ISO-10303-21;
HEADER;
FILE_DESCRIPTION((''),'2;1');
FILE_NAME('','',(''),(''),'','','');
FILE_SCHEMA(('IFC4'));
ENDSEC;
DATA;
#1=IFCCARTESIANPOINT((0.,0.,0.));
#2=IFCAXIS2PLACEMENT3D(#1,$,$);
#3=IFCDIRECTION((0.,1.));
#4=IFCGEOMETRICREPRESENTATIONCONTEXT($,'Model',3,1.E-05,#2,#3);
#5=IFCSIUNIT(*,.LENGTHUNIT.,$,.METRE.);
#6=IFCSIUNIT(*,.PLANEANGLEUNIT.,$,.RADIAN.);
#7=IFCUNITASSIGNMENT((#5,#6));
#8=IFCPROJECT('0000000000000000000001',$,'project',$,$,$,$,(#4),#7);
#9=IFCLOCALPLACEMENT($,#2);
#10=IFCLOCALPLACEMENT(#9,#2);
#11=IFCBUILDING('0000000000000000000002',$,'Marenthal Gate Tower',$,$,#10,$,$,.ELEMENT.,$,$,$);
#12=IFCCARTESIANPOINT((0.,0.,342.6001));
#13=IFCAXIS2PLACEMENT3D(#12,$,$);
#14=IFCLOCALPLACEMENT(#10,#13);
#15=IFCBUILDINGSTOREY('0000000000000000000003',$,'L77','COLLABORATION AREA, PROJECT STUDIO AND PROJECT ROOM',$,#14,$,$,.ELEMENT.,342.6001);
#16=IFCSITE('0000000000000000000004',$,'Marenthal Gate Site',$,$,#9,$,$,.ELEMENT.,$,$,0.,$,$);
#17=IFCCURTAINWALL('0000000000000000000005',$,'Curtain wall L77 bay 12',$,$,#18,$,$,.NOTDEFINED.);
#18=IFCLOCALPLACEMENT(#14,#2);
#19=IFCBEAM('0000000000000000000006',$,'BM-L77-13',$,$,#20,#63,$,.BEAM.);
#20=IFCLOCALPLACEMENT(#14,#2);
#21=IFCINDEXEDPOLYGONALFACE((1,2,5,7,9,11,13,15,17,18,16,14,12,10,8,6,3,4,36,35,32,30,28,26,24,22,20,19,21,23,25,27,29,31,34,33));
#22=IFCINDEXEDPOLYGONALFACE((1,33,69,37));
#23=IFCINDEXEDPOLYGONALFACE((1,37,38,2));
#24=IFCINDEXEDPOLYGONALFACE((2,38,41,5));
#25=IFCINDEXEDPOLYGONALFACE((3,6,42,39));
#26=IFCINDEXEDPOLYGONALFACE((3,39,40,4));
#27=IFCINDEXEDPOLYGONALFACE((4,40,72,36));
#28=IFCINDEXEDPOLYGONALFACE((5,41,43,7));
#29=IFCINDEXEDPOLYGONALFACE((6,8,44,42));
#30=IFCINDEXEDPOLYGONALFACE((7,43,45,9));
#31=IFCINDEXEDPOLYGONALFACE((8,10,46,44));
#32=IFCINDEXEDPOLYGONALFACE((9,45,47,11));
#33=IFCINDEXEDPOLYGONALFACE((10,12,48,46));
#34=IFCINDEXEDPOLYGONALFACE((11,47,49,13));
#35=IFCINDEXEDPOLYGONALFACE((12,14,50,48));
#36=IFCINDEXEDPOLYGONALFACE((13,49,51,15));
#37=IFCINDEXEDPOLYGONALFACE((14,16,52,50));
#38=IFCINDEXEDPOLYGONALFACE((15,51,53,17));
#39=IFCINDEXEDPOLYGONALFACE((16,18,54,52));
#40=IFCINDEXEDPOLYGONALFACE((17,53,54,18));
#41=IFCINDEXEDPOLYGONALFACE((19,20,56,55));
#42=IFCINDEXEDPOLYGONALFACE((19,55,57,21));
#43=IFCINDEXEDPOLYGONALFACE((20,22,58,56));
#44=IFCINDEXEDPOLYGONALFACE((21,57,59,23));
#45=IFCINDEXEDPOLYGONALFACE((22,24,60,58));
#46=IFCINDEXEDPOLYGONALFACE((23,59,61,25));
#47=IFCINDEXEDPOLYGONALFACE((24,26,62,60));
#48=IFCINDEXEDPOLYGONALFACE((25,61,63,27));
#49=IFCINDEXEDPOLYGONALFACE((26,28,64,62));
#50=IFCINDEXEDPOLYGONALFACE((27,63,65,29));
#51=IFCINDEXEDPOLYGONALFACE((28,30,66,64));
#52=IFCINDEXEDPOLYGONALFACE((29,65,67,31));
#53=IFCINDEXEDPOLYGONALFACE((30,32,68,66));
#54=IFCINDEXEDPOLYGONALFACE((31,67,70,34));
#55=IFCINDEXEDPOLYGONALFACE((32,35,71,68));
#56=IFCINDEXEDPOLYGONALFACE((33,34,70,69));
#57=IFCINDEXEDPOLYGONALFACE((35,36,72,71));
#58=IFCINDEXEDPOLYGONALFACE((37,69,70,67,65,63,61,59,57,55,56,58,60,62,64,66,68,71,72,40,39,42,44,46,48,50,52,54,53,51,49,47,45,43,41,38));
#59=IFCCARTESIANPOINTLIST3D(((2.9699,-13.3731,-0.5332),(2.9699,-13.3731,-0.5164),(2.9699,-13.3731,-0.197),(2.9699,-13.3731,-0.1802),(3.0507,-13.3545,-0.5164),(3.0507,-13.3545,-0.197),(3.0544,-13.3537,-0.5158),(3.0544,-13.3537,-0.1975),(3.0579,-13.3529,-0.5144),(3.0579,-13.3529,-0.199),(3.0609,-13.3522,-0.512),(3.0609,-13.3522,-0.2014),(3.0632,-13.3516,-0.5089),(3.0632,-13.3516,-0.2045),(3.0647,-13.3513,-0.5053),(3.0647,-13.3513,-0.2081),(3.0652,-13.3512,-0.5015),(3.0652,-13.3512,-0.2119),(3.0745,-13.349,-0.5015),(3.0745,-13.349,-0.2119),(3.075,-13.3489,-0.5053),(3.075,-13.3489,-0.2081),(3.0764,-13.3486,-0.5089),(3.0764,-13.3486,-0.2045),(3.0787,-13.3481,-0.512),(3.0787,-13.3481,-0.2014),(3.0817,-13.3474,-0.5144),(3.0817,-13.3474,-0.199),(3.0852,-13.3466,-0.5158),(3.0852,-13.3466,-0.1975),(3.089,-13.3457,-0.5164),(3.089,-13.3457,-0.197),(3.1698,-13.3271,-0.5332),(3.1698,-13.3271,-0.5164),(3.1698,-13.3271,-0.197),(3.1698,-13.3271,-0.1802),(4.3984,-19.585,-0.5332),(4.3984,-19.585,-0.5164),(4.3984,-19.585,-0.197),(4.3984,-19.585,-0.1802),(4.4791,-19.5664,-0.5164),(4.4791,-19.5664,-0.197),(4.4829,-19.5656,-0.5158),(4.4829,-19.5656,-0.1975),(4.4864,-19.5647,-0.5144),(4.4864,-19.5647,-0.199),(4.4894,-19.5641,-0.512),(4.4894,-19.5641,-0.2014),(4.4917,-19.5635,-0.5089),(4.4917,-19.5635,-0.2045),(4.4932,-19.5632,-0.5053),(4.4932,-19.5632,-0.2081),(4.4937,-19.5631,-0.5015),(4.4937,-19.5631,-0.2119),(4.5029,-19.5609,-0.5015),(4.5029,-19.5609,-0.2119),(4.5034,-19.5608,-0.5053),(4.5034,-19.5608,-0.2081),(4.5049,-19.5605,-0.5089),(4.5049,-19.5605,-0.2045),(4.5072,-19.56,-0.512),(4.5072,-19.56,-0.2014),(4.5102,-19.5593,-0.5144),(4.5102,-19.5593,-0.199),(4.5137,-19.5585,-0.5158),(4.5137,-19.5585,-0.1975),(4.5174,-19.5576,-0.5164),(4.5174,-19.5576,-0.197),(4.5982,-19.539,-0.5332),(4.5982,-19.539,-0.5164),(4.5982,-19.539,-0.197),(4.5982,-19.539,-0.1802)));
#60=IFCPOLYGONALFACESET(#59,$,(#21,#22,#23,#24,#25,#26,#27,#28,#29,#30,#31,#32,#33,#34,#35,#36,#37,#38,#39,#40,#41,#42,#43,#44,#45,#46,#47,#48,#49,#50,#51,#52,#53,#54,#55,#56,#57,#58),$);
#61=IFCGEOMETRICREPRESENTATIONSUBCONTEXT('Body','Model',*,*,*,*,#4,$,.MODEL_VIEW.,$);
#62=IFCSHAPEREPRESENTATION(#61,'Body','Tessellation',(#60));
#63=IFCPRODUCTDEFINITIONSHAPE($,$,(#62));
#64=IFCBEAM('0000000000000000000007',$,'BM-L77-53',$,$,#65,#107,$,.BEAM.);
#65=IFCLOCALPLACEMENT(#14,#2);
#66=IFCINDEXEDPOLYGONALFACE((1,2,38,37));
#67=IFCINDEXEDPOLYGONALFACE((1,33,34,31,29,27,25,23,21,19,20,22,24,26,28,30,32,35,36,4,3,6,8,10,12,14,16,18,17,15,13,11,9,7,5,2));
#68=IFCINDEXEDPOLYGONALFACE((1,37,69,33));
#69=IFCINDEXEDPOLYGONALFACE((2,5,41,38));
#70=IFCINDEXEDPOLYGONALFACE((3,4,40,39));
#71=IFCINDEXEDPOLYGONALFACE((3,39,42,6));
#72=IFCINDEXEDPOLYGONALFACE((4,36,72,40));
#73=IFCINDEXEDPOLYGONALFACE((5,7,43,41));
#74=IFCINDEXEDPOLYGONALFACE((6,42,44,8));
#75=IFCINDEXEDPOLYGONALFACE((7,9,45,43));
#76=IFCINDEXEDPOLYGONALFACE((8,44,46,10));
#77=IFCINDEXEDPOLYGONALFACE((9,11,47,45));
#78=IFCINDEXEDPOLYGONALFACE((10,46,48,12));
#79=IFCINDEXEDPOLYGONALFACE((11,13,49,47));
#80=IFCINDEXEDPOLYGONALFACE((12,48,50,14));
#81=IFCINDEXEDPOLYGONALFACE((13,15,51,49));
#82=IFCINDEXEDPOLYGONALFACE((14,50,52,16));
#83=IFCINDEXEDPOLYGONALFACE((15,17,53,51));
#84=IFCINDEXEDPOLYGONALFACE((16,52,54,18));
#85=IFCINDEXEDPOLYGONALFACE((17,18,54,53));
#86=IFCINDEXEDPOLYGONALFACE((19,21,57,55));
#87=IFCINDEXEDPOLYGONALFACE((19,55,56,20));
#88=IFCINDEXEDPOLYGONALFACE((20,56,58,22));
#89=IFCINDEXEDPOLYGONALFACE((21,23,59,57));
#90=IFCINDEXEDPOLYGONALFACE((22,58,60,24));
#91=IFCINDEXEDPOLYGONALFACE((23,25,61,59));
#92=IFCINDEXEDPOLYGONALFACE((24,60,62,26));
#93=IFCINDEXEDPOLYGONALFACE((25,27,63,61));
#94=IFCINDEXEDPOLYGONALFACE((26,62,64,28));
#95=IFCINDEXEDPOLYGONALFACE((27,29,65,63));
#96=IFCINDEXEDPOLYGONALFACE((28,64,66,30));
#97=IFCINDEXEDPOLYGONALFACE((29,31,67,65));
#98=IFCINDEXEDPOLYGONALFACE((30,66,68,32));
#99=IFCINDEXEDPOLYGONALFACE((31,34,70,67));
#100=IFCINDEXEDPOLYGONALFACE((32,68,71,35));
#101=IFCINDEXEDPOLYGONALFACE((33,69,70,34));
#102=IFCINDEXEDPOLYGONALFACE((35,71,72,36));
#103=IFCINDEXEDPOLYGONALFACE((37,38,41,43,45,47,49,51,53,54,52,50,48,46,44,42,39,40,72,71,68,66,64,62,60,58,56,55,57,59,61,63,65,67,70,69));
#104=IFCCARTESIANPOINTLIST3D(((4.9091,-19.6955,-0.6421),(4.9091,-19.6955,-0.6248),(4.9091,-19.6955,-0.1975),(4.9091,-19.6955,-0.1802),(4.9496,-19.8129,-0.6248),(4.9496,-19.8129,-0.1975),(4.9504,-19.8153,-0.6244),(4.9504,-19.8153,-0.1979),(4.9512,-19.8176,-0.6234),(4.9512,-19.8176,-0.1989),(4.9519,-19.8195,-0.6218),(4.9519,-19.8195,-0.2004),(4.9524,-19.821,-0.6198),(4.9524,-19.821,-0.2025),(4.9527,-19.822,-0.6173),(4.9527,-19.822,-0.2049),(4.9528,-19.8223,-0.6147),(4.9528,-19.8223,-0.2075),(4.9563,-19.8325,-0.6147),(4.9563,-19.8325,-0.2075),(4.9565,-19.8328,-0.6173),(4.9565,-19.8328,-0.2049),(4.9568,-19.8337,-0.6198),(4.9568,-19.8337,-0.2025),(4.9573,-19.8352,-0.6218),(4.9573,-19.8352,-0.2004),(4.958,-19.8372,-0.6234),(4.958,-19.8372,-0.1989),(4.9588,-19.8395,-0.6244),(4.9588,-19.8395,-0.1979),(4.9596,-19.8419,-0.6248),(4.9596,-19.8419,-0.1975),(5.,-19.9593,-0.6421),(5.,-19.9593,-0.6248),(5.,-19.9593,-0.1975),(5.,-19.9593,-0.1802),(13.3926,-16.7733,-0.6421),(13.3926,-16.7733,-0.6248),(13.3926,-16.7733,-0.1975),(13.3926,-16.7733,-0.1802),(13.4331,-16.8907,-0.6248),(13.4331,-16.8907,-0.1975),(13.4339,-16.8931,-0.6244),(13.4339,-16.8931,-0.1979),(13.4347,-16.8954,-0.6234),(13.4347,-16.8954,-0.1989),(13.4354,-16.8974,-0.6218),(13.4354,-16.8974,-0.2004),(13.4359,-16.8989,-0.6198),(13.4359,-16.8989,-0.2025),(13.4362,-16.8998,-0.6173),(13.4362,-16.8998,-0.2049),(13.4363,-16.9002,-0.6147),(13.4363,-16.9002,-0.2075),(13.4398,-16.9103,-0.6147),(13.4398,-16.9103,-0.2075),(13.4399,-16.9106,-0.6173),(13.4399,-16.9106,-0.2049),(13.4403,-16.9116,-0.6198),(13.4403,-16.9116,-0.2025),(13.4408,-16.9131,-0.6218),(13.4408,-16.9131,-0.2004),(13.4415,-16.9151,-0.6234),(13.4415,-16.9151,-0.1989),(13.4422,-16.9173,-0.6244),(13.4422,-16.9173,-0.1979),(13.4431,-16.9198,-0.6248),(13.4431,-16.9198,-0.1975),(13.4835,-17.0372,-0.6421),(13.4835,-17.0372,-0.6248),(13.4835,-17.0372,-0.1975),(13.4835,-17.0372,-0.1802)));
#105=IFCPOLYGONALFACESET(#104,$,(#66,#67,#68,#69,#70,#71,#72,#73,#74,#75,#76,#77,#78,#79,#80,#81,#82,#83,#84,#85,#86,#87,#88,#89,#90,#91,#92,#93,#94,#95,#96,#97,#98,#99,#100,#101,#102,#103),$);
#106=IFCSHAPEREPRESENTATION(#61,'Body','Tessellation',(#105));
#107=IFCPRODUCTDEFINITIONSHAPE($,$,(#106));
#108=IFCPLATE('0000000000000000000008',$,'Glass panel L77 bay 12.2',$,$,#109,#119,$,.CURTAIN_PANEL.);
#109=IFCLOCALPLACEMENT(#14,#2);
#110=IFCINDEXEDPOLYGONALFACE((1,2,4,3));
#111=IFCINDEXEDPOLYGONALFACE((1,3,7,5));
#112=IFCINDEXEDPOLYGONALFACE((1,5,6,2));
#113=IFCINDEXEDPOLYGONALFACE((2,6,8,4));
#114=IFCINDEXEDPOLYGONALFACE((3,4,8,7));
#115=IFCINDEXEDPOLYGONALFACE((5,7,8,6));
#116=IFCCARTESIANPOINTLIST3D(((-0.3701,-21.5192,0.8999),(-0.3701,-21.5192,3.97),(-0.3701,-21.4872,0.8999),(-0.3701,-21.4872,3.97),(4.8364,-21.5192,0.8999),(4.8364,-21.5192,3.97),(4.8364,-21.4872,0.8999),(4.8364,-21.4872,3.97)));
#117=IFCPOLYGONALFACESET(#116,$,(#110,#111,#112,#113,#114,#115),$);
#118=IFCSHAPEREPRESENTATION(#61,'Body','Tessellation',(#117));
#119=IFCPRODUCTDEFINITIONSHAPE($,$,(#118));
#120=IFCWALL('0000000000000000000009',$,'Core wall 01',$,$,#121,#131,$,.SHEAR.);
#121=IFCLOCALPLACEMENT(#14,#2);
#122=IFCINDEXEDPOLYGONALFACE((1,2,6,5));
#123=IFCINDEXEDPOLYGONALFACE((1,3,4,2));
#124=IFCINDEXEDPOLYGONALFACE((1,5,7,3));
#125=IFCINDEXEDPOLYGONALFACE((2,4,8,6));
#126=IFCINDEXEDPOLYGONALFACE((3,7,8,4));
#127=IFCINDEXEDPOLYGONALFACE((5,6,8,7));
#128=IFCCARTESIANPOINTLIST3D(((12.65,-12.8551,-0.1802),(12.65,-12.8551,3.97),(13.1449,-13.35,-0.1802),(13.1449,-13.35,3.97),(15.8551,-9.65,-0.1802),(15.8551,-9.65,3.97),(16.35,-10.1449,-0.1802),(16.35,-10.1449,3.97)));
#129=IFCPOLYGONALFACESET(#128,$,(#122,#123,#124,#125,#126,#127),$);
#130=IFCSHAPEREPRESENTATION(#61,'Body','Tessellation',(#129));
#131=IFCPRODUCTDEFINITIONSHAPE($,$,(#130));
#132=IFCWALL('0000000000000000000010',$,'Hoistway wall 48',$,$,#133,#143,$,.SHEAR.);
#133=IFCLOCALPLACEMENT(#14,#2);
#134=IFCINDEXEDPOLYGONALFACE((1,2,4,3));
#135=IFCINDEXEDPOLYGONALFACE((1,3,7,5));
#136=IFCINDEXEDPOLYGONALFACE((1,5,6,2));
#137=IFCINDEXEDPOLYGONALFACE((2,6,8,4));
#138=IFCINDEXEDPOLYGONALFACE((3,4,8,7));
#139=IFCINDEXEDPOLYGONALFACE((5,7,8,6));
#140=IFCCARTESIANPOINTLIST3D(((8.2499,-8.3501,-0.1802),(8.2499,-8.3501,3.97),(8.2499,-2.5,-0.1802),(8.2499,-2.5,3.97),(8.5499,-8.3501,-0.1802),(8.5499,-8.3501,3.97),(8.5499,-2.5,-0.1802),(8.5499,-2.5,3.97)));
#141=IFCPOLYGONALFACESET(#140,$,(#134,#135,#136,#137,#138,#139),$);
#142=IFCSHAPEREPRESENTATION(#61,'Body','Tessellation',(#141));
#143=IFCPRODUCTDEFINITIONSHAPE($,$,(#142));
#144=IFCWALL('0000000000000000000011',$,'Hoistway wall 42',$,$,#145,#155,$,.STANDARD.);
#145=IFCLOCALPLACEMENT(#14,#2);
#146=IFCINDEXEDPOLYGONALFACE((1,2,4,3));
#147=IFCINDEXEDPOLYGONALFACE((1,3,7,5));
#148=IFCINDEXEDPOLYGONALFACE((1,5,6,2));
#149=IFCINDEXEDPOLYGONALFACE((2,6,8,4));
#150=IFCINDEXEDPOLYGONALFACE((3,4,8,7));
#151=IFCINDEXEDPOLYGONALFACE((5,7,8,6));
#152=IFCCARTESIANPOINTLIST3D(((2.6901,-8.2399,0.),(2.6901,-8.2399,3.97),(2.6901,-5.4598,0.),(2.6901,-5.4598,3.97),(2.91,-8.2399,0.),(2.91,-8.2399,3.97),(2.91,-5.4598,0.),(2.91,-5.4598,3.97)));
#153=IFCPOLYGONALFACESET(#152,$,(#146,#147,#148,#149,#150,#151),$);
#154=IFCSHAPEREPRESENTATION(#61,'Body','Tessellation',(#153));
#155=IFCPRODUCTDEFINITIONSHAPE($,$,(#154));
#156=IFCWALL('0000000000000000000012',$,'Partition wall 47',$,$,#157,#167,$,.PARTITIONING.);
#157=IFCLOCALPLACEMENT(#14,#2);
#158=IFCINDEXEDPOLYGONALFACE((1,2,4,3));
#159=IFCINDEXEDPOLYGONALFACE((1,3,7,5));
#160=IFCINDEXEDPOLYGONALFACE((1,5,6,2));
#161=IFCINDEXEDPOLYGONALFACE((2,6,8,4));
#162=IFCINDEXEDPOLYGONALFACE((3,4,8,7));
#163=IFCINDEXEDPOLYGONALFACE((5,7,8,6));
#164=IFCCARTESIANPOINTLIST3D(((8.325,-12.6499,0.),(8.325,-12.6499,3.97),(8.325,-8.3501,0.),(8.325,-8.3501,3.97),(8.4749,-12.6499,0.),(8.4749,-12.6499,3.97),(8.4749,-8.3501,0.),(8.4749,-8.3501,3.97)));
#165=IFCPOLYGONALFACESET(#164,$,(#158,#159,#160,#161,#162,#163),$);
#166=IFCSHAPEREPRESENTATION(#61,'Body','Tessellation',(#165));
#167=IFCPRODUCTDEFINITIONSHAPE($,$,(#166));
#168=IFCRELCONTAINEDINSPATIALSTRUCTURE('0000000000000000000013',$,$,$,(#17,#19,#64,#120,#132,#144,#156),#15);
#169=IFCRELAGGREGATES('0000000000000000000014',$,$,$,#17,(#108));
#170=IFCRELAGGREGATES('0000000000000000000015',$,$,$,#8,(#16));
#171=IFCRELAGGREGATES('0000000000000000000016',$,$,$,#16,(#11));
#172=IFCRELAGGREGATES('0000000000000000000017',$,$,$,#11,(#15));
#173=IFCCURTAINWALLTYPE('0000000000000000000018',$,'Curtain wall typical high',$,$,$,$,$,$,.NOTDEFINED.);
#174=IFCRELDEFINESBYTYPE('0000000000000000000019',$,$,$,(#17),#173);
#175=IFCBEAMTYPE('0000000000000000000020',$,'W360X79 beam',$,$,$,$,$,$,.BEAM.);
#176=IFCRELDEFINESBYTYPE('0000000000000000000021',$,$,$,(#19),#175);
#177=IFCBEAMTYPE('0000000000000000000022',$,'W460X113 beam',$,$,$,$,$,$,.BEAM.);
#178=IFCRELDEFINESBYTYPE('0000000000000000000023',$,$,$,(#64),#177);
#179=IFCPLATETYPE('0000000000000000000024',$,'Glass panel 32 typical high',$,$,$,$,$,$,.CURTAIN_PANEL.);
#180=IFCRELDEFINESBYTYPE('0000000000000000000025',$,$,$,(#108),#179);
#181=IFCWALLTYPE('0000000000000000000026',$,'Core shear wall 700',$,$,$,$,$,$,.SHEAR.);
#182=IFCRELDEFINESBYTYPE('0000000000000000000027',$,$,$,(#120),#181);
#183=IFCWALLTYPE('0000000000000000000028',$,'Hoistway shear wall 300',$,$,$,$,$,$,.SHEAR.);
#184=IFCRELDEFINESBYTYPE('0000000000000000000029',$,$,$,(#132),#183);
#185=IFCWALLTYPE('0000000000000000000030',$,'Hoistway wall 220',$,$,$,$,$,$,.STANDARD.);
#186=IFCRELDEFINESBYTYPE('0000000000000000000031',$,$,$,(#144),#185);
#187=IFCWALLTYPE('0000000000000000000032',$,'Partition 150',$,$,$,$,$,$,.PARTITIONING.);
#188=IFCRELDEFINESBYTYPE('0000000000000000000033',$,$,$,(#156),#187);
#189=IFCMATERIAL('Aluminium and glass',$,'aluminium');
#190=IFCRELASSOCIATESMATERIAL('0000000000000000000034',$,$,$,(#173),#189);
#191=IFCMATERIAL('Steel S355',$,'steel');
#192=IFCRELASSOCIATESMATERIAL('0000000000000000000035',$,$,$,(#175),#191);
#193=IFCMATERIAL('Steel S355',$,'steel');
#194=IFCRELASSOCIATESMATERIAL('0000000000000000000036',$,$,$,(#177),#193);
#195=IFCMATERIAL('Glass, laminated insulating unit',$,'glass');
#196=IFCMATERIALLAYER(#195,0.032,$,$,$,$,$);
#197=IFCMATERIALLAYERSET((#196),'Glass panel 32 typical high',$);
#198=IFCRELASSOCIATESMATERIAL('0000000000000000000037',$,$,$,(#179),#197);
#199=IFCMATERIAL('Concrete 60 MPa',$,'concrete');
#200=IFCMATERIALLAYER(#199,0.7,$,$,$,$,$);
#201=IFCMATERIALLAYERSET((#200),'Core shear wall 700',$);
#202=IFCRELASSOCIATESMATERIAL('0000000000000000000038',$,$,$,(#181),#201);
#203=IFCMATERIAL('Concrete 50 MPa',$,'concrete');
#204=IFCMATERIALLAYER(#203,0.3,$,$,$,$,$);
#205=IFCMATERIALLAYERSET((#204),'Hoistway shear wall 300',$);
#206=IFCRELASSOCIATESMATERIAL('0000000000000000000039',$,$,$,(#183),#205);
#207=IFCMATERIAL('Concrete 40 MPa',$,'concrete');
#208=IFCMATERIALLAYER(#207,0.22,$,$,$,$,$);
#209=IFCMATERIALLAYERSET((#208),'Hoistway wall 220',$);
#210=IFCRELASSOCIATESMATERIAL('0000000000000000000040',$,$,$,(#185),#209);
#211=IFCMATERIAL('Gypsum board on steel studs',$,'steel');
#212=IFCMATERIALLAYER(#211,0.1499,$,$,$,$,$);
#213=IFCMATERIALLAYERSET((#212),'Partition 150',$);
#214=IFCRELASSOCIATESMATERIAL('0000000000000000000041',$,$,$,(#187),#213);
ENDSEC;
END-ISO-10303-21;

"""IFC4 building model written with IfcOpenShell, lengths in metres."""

from ifc_helpers import new_model, si_unit, direction, frame, frame_2d, origin, origin_2d, place, context, subcontext, project, spatial, rectangle, i_section, extrude, material, layer, layer_set, material_profile, profile_set, type_object, element, aggregate, save


model = new_model("IFC4")

# Units and contexts
model_context = context("Model", 3, precision=1e-05, world=origin(), true_north=direction((0.0, 1.0)))
body_context = subcontext(model_context, "Body", "Model", "MODEL_VIEW")
ifc_project = project(units=[si_unit("LENGTHUNIT", "METRE"), si_unit("PLANEANGLEUNIT", "RADIAN")], contexts=[model_context])

# Site, building, storey
site_placement = place(None, origin())
site = spatial("IfcSite", under=ifc_project, at=site_placement, Name="Marenthal Gate Site", CompositionType="ELEMENT", RefElevation=0.0)
building_placement = place(site_placement, origin())
building = spatial("IfcBuilding", under=site, at=building_placement, Name="Marenthal Gate Tower", CompositionType="ELEMENT")
storey_placement = place(building_placement, frame((0.0, 0.0, 342.6001)))
storey = spatial("IfcBuildingStorey", under=building, at=storey_placement, Name="L77", Description="COLLABORATION AREA, PROJECT STUDIO AND PROJECT ROOM", CompositionType="ELEMENT", Elevation=342.6001)

# Curtain wall
ifc_material_1 = material(Name="Aluminium and glass", Category="aluminium")
curtain_wall_type = type_object("IfcCurtainWallType", Name="Curtain wall typical high", PredefinedType="NOTDEFINED", material=ifc_material_1)
curtain_wall_placement = place(storey_placement, origin())
curtain_wall = element("IfcCurtainWall", 1, at=curtain_wall_placement, inside=storey, type_object=curtain_wall_type, Name="Curtain wall L77 bay 12", PredefinedType="NOTDEFINED")

# Beams
ifc_material_2 = material(Name="Steel S355", Category="steel")
ifc_material_profile_1 = material_profile(ifc_material_2, i_section(OverallWidth=0.2051, OverallDepth=0.353, WebThickness=0.0095, FlangeThickness=0.0168, FilletRadius=0.0149, at=origin_2d()), Name="W360X79")
ifc_profile_set_1 = profile_set([ifc_material_profile_1], Name="Steel S355")
beam_type_1 = type_object("IfcBeamType", Name="W360X79 beam", PredefinedType="BEAM", material=ifc_profile_set_1)
beam_1_placement = place(storey_placement, frame((4.4983, -19.562, -0.3567), z_axis=(-0.224107, 0.974565, 0.0), x_axis=(-0.974565, -0.224107, 0.0)))
element("IfcBeam", 2, at=beam_1_placement, inside=storey, type_object=beam_type_1, Name="BM-L77-13", PredefinedType="BEAM", context=body_context, shape_type="SweptSolid", body=[
    extrude(i_section(OverallWidth=0.2051, OverallDepth=0.353, WebThickness=0.0095, FlangeThickness=0.0168, FilletRadius=0.0149, at=origin_2d()), origin(), (0.0, 0.0, 1.0), 6.374),
])
ifc_material_3 = material(Name="Steel S355", Category="steel")
ifc_material_profile_2 = material_profile(ifc_material_3, i_section(OverallWidth=0.2791, OverallDepth=0.4619, WebThickness=0.0107, FlangeThickness=0.0173, FilletRadius=0.01, at=origin_2d()), Name="W460X113")
ifc_profile_set_2 = profile_set([ifc_material_profile_2], Name="Steel S355")
beam_type_2 = type_object("IfcBeamType", Name="W460X113 beam", PredefinedType="BEAM", material=ifc_profile_set_2)
beam_2_placement = place(storey_placement, frame((4.9546, -19.8274, -0.4111), z_axis=(0.945483, 0.325673, 0.0), x_axis=(-0.325673, 0.945483, 0.0)))
element("IfcBeam", 3, at=beam_2_placement, inside=storey, type_object=beam_type_2, Name="BM-L77-53", PredefinedType="BEAM", context=body_context, shape_type="SweptSolid", body=[
    extrude(i_section(OverallWidth=0.2791, OverallDepth=0.4619, WebThickness=0.0107, FlangeThickness=0.0173, FilletRadius=0.01, at=origin_2d()), origin(), (0.0, 0.0, 1.0), 8.9727),
])

# Plate
ifc_material_4 = material(Name="Glass, laminated insulating unit", Category="glass")
ifc_layer_1 = layer(ifc_material_4, 0.032)
ifc_layer_set_1 = layer_set([ifc_layer_1], Name="Glass panel 32 typical high")
plate_type = type_object("IfcPlateType", Name="Glass panel 32 typical high", PredefinedType="CURTAIN_PANEL", material=ifc_layer_set_1)
plate_placement = place(storey_placement, frame((2.2332, -21.5032, 0.8999), z_axis=(0.0, 0.0, 1.0), x_axis=(1.0, 0.0, 0.0)))
plate = element("IfcPlate", 4, at=plate_placement, type_object=plate_type, Name="Glass panel L77 bay 12.2", PredefinedType="CURTAIN_PANEL", context=body_context, shape_type="SweptSolid", body=[
    extrude(rectangle(XDim=5.2065, YDim=0.032, at=origin_2d()), origin(), (0.0, 0.0, 1.0), 3.0701),
])
aggregate(curtain_wall, [plate])

# Walls
ifc_material_5 = material(Name="Concrete 60 MPa", Category="concrete")
ifc_layer_2 = layer(ifc_material_5, 0.7)
ifc_layer_set_2 = layer_set([ifc_layer_2], Name="Core shear wall 700")
wall_type_1 = type_object("IfcWallType", Name="Core shear wall 700", PredefinedType="SHEAR", material=ifc_layer_set_2)
wall_1_placement = place(storey_placement, frame((12.8975, -13.1025, -0.1802), z_axis=(0.0, 0.0, 1.0), x_axis=(0.707107, 0.707107, 0.0)))
element("IfcWall", 5, at=wall_1_placement, inside=storey, type_object=wall_type_1, Name="Core wall 01", PredefinedType="SHEAR", context=body_context, shape_type="SweptSolid", body=[
    extrude(rectangle(XDim=4.5327, YDim=0.7, at=frame_2d((2.2664, 0.0))), origin(), (0.0, 0.0, 1.0), 4.1501),
])
ifc_material_6 = material(Name="Concrete 50 MPa", Category="concrete")
ifc_layer_3 = layer(ifc_material_6, 0.3)
ifc_layer_set_3 = layer_set([ifc_layer_3], Name="Hoistway shear wall 300")
wall_type_2 = type_object("IfcWallType", Name="Hoistway shear wall 300", PredefinedType="SHEAR", material=ifc_layer_set_3)
wall_2_placement = place(storey_placement, frame((8.3999, -8.3501, -0.1802), z_axis=(0.0, 0.0, 1.0), x_axis=(0.0, 1.0, 0.0)))
element("IfcWall", 6, at=wall_2_placement, inside=storey, type_object=wall_type_2, Name="Hoistway wall 48", PredefinedType="SHEAR", context=body_context, shape_type="SweptSolid", body=[
    extrude(rectangle(XDim=5.8501, YDim=0.3, at=frame_2d((2.925, 0.0))), origin(), (0.0, 0.0, 1.0), 4.1501),
])
ifc_material_7 = material(Name="Concrete 40 MPa", Category="concrete")
ifc_layer_4 = layer(ifc_material_7, 0.22)
ifc_layer_set_4 = layer_set([ifc_layer_4], Name="Hoistway wall 220")
wall_type_3 = type_object("IfcWallType", Name="Hoistway wall 220", PredefinedType="STANDARD", material=ifc_layer_set_4)
wall_3_placement = place(storey_placement, frame((2.8, -8.24, 0.0), z_axis=(0.0, 0.0, 1.0), x_axis=(0.0, 1.0, 0.0)))
element("IfcWall", 7, at=wall_3_placement, inside=storey, type_object=wall_type_3, Name="Hoistway wall 42", PredefinedType="STANDARD", context=body_context, shape_type="SweptSolid", body=[
    extrude(rectangle(XDim=2.78, YDim=0.22, at=frame_2d((1.3901, 0.0))), origin(), (0.0, 0.0, 1.0), 3.97),
])
ifc_material_8 = material(Name="Gypsum board on steel studs", Category="steel")
ifc_layer_5 = layer(ifc_material_8, 0.1499)
ifc_layer_set_5 = layer_set([ifc_layer_5], Name="Partition 150")
wall_type_4 = type_object("IfcWallType", Name="Partition 150", PredefinedType="PARTITIONING", material=ifc_layer_set_5)
wall_4_placement = place(storey_placement, frame((8.3999, -12.6499, 0.0), z_axis=(0.0, 0.0, 1.0), x_axis=(0.0, 1.0, 0.0)))
element("IfcWall", 8, at=wall_4_placement, inside=storey, type_object=wall_type_4, Name="Partition wall 47", PredefinedType="PARTITIONING", context=body_context, shape_type="SweptSolid", body=[
    extrude(rectangle(XDim=4.2998, YDim=0.1499, at=frame_2d((2.1499, 0.0))), origin(), (0.0, 0.0, 1.0), 3.97),
])

save(model, "model.ifc")
